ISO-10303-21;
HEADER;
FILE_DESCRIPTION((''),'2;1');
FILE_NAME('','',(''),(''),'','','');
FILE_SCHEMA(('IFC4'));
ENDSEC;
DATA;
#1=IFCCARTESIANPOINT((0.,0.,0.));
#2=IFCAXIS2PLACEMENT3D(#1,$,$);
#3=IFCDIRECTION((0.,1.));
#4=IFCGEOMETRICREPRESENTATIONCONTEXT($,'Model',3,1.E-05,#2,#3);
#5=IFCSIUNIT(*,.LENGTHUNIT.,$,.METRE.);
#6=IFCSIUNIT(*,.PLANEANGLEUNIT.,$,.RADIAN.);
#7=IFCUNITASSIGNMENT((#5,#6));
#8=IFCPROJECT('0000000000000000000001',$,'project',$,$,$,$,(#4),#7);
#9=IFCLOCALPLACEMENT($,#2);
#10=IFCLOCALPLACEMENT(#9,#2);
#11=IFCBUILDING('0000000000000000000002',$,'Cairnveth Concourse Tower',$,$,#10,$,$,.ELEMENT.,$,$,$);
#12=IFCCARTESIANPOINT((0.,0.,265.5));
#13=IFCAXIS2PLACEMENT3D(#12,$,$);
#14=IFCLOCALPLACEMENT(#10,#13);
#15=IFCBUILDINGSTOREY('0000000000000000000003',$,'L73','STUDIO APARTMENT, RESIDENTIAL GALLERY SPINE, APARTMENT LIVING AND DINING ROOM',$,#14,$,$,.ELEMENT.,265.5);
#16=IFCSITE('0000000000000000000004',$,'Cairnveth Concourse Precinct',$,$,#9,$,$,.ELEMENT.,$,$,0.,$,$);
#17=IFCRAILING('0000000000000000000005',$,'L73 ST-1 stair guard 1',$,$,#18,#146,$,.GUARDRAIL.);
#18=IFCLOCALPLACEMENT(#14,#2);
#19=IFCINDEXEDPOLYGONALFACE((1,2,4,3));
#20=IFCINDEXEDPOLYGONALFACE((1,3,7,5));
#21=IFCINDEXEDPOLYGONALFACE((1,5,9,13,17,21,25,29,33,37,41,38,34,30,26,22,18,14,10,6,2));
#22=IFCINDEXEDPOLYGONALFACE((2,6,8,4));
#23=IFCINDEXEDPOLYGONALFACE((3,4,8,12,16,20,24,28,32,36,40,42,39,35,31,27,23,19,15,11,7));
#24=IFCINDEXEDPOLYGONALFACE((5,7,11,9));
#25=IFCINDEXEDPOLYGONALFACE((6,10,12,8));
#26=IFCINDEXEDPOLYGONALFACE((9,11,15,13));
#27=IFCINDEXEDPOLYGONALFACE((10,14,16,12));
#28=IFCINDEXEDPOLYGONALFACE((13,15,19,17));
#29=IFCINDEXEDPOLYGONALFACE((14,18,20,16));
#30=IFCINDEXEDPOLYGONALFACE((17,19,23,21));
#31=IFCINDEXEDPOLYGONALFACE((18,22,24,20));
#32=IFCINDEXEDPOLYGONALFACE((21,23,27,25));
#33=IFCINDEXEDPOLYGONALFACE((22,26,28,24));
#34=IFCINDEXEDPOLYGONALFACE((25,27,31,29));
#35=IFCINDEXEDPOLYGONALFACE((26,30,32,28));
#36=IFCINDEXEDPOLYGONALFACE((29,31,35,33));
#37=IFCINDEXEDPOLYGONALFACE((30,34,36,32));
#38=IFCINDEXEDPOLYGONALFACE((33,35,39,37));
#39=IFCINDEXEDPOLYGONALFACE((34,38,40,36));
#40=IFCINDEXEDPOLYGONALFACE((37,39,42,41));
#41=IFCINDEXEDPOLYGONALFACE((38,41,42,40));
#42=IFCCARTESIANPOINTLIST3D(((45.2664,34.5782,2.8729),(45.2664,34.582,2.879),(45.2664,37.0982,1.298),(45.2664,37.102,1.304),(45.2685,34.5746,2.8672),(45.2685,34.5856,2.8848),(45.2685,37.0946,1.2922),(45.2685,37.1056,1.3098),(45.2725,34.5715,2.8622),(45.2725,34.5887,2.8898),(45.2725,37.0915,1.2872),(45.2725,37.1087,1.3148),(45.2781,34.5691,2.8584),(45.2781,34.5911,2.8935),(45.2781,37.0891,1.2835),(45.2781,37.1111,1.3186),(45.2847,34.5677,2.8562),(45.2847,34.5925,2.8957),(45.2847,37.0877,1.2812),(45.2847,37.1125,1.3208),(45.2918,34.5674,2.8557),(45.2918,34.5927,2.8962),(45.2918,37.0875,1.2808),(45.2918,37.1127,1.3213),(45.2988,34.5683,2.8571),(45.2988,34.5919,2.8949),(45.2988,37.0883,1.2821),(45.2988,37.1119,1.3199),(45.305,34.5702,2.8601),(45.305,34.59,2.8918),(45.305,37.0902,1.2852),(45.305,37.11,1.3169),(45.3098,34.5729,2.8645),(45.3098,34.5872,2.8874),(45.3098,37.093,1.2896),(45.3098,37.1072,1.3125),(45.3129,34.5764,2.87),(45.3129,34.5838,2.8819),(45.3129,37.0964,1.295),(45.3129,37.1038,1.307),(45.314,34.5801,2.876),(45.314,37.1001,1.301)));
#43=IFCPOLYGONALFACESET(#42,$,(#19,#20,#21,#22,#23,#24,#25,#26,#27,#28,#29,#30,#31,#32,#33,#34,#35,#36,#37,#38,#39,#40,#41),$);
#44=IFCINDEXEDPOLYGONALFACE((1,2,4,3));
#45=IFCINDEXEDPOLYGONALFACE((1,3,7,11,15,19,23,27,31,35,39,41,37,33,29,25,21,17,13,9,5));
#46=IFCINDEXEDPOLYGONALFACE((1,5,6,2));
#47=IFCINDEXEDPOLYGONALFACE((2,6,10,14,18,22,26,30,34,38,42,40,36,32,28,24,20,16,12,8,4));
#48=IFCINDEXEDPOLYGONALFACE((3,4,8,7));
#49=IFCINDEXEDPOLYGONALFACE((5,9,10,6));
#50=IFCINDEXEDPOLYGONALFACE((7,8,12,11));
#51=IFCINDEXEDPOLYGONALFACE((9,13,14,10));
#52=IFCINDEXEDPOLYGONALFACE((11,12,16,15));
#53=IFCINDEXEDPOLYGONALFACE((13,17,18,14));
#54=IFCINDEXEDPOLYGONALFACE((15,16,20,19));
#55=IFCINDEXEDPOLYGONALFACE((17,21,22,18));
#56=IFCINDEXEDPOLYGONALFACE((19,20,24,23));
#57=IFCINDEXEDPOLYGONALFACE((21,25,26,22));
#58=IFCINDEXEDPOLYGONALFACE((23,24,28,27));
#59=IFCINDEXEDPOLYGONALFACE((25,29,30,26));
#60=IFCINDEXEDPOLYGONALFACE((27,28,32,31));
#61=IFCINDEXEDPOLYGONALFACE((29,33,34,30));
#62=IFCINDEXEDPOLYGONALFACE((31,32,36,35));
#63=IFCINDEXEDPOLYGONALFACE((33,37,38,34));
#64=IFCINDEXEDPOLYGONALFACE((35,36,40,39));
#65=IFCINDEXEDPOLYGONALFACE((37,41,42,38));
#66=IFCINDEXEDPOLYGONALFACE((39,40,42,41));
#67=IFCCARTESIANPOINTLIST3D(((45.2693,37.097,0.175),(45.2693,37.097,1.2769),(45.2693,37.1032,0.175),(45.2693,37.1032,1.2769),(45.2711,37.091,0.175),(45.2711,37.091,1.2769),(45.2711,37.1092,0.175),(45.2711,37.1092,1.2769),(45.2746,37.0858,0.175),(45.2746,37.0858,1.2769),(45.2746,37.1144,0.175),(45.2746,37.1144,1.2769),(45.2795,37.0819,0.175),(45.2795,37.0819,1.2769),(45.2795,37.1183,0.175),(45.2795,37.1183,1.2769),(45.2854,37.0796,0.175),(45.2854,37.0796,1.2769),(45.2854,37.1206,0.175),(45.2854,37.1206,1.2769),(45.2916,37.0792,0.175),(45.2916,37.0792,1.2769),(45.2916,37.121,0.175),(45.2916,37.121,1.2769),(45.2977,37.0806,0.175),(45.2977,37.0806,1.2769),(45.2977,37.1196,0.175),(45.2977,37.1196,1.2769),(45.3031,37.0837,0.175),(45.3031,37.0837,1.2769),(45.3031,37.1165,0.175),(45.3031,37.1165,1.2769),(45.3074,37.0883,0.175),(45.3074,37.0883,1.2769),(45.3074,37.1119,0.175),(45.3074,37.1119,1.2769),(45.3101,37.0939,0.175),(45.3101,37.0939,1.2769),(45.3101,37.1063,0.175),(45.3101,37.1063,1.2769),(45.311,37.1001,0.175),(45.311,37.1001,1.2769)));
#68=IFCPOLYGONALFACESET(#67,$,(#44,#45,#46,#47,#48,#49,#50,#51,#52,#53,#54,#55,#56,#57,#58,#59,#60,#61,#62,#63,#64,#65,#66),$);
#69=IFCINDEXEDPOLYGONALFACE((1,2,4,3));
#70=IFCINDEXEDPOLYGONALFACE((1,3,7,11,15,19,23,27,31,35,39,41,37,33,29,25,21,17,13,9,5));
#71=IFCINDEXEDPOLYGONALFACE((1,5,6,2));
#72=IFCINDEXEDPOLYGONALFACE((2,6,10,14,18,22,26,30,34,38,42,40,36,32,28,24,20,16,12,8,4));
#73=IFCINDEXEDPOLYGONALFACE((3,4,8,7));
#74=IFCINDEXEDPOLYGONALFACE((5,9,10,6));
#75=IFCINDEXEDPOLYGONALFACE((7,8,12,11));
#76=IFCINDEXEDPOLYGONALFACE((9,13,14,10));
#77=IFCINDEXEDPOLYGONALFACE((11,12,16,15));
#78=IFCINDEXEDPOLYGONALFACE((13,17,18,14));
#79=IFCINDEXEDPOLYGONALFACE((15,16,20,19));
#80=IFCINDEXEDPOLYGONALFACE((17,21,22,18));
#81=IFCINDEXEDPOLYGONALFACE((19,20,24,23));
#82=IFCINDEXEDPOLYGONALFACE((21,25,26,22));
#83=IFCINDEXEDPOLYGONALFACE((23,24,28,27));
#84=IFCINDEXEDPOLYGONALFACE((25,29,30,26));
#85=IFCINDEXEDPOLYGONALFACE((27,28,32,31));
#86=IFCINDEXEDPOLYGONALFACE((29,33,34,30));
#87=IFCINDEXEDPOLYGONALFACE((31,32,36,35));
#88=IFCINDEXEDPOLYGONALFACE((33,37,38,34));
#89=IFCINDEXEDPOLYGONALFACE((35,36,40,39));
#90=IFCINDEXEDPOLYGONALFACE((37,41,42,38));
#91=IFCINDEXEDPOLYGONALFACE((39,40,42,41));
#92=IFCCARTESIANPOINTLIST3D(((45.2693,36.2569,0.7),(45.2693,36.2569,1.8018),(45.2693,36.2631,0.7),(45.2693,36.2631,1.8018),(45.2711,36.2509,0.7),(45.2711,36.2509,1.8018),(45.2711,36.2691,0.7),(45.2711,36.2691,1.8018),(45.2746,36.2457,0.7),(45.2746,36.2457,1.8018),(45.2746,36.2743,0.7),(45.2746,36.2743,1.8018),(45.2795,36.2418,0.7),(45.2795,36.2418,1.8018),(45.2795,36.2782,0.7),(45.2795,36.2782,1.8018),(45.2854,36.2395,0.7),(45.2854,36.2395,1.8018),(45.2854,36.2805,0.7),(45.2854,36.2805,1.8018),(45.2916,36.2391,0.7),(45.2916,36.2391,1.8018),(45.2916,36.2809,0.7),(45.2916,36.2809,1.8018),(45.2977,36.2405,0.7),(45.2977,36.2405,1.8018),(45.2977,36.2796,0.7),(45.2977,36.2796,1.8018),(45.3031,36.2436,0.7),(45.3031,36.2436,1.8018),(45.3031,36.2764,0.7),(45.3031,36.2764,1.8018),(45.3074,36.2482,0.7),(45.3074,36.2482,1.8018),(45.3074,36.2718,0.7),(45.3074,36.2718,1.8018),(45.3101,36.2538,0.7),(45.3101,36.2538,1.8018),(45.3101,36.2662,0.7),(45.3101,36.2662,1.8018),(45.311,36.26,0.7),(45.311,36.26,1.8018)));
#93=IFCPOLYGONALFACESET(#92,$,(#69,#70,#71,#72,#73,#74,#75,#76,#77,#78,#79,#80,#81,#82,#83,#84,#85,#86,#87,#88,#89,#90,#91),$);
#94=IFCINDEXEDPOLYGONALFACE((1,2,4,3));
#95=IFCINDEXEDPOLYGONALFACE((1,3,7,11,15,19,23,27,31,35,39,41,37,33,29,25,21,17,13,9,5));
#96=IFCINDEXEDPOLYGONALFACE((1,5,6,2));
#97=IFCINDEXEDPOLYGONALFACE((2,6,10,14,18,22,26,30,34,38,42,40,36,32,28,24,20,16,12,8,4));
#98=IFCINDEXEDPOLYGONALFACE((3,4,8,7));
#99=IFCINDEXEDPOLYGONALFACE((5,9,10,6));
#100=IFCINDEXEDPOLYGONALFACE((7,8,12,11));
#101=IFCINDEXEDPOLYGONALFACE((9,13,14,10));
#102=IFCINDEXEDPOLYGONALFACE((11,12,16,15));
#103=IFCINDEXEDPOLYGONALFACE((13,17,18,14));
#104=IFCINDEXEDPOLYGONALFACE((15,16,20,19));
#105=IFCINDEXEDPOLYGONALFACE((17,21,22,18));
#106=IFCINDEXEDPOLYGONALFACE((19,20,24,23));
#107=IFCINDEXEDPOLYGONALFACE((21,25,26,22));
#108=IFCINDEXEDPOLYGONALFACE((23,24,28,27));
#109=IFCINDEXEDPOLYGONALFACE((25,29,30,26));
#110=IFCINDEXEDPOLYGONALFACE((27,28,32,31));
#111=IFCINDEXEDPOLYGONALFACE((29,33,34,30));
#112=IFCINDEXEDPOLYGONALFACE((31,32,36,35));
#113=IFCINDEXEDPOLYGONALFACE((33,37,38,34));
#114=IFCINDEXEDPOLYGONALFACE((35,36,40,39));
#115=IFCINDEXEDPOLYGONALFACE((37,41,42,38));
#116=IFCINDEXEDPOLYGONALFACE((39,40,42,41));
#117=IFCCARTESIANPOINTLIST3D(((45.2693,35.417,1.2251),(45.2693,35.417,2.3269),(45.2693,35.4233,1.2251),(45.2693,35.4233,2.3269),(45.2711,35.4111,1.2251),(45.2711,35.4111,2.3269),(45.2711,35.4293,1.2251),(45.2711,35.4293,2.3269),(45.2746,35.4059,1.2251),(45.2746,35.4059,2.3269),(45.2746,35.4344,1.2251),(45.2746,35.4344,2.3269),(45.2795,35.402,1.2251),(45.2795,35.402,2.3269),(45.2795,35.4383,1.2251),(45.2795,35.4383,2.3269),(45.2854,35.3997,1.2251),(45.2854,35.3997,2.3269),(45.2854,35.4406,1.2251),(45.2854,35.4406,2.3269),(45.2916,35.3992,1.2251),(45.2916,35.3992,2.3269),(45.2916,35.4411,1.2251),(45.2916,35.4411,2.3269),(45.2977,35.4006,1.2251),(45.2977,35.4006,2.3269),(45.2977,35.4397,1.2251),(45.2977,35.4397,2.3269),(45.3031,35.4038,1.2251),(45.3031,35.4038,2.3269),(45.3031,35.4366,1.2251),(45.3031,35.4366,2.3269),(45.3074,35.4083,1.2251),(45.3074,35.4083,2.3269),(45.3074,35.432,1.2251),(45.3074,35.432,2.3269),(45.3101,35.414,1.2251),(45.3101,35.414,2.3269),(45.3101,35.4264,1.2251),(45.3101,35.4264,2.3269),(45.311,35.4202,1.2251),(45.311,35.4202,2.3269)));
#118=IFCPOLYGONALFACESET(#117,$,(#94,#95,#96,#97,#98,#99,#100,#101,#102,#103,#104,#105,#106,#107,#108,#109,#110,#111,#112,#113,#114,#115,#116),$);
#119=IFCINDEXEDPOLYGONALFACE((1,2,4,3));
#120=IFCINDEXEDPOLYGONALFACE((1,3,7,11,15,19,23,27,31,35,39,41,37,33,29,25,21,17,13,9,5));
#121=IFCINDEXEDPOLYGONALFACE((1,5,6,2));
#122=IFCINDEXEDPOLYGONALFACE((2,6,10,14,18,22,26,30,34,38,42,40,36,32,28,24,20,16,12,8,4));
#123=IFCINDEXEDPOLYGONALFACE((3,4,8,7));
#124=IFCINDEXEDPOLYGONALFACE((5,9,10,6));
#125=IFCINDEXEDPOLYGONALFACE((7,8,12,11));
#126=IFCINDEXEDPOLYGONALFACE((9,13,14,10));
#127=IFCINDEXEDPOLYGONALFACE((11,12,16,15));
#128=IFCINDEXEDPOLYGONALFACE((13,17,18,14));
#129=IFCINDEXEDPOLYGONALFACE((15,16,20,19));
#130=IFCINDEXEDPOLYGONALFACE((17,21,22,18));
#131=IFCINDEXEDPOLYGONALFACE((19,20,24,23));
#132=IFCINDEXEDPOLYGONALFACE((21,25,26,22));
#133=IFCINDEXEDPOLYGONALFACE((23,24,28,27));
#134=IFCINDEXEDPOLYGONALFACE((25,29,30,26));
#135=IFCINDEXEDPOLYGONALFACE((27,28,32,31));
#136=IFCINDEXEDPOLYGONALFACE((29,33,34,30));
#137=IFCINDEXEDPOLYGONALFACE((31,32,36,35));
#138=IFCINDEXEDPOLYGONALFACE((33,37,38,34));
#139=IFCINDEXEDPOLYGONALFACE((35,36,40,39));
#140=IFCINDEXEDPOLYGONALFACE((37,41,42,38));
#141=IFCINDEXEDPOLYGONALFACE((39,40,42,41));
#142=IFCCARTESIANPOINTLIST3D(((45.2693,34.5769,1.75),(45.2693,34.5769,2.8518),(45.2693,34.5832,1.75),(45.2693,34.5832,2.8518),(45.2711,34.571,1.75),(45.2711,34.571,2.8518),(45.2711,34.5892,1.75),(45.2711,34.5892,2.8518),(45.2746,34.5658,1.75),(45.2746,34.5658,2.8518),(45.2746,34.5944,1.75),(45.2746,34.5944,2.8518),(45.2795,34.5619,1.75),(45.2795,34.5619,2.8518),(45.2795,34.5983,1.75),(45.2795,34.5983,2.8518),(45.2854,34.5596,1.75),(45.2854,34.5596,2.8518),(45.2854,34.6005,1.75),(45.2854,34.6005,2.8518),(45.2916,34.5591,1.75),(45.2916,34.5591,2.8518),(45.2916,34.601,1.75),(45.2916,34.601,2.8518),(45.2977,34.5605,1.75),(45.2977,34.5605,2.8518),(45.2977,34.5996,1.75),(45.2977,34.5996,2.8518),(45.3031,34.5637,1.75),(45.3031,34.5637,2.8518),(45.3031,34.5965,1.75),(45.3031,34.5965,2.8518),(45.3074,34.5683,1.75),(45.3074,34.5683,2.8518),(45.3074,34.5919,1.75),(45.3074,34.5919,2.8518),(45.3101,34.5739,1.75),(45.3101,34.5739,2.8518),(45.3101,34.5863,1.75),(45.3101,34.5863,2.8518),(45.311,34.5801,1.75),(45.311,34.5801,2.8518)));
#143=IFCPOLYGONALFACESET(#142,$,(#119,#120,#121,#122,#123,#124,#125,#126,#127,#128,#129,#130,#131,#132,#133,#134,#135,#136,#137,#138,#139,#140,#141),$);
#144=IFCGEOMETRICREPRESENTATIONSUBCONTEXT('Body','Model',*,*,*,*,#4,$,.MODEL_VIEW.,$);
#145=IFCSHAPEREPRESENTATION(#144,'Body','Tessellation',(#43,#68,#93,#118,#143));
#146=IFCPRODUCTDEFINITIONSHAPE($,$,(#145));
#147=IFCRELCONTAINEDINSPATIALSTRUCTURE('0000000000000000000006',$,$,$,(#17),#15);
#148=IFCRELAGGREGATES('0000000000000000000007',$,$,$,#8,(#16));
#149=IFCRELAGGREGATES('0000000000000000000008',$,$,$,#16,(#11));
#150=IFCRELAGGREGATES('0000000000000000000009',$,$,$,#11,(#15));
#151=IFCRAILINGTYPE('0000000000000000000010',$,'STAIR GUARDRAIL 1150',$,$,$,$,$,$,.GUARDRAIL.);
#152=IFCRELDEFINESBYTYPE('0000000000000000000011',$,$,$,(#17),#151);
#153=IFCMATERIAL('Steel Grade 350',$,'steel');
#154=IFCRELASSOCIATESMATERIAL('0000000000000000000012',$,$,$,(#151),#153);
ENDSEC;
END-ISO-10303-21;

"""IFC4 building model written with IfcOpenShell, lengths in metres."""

from ifc_helpers import new_model, si_unit, direction, frame, origin, origin_2d, place, context, subcontext, project, spatial, circle, extrude, material, type_object, element, save


model = new_model("IFC4")

# Units and contexts
model_context = context("Model", 3, precision=1e-05, world=origin(), true_north=direction((0.0, 1.0)))
body_context = subcontext(model_context, "Body", "Model", "MODEL_VIEW")
ifc_project = project(units=[si_unit("LENGTHUNIT", "METRE"), si_unit("PLANEANGLEUNIT", "RADIAN")], contexts=[model_context])

# Site, building, storey
site_placement = place(None, origin())
site = spatial("IfcSite", under=ifc_project, at=site_placement, Name="Cairnveth Concourse Precinct", CompositionType="ELEMENT", RefElevation=0.0)
building_placement = place(site_placement, origin())
building = spatial("IfcBuilding", under=site, at=building_placement, Name="Cairnveth Concourse Tower", CompositionType="ELEMENT")
storey_placement = place(building_placement, frame((0.0, 0.0, 265.5)))
storey = spatial("IfcBuildingStorey", under=building, at=storey_placement, Name="L73", Description="STUDIO APARTMENT, RESIDENTIAL GALLERY SPINE, APARTMENT LIVING AND DINING ROOM", CompositionType="ELEMENT", Elevation=265.5)

# Shared definitions
ifc_material_1 = material(Name="Steel Grade 350", Category="steel")

# Railing
railing_type_1 = type_object("IfcRailingType", Name="STAIR GUARDRAIL 1150", PredefinedType="GUARDRAIL", material=ifc_material_1)
railing_1_placement = place(storey_placement, frame((45.29, 37.1001, 0.175)))
element("IfcRailing", 1, at=railing_1_placement, inside=storey, type_object=railing_type_1, Name="L73 ST-1 stair guard 1", PredefinedType="GUARDRAIL", context=body_context, shape_type="SweptSolid", body=[
    extrude(circle(Radius=0.0239, at=origin_2d()), frame((0.0, 0.0, 1.126), z_axis=(0.0, -0.848008, 0.529984), x_axis=(1.0, 0.0, 0.0)), (0.0, 0.0, 1.0), 2.9717),
    extrude(circle(Radius=0.021, at=origin_2d()), origin(), (0.0, 0.0, 1.0), 1.1018),
    extrude(circle(Radius=0.021, at=origin_2d()), frame((0.0, -0.8401, 0.5249)), (0.0, 0.0, 1.0), 1.1018),
    extrude(circle(Radius=0.021, at=origin_2d()), frame((0.0, -1.6799, 1.05)), (0.0, 0.0, 1.0), 1.1018),
    extrude(circle(Radius=0.021, at=origin_2d()), frame((0.0, -2.52, 1.575)), (0.0, 0.0, 1.0), 1.1018),
])

save(model, "model.ifc")
